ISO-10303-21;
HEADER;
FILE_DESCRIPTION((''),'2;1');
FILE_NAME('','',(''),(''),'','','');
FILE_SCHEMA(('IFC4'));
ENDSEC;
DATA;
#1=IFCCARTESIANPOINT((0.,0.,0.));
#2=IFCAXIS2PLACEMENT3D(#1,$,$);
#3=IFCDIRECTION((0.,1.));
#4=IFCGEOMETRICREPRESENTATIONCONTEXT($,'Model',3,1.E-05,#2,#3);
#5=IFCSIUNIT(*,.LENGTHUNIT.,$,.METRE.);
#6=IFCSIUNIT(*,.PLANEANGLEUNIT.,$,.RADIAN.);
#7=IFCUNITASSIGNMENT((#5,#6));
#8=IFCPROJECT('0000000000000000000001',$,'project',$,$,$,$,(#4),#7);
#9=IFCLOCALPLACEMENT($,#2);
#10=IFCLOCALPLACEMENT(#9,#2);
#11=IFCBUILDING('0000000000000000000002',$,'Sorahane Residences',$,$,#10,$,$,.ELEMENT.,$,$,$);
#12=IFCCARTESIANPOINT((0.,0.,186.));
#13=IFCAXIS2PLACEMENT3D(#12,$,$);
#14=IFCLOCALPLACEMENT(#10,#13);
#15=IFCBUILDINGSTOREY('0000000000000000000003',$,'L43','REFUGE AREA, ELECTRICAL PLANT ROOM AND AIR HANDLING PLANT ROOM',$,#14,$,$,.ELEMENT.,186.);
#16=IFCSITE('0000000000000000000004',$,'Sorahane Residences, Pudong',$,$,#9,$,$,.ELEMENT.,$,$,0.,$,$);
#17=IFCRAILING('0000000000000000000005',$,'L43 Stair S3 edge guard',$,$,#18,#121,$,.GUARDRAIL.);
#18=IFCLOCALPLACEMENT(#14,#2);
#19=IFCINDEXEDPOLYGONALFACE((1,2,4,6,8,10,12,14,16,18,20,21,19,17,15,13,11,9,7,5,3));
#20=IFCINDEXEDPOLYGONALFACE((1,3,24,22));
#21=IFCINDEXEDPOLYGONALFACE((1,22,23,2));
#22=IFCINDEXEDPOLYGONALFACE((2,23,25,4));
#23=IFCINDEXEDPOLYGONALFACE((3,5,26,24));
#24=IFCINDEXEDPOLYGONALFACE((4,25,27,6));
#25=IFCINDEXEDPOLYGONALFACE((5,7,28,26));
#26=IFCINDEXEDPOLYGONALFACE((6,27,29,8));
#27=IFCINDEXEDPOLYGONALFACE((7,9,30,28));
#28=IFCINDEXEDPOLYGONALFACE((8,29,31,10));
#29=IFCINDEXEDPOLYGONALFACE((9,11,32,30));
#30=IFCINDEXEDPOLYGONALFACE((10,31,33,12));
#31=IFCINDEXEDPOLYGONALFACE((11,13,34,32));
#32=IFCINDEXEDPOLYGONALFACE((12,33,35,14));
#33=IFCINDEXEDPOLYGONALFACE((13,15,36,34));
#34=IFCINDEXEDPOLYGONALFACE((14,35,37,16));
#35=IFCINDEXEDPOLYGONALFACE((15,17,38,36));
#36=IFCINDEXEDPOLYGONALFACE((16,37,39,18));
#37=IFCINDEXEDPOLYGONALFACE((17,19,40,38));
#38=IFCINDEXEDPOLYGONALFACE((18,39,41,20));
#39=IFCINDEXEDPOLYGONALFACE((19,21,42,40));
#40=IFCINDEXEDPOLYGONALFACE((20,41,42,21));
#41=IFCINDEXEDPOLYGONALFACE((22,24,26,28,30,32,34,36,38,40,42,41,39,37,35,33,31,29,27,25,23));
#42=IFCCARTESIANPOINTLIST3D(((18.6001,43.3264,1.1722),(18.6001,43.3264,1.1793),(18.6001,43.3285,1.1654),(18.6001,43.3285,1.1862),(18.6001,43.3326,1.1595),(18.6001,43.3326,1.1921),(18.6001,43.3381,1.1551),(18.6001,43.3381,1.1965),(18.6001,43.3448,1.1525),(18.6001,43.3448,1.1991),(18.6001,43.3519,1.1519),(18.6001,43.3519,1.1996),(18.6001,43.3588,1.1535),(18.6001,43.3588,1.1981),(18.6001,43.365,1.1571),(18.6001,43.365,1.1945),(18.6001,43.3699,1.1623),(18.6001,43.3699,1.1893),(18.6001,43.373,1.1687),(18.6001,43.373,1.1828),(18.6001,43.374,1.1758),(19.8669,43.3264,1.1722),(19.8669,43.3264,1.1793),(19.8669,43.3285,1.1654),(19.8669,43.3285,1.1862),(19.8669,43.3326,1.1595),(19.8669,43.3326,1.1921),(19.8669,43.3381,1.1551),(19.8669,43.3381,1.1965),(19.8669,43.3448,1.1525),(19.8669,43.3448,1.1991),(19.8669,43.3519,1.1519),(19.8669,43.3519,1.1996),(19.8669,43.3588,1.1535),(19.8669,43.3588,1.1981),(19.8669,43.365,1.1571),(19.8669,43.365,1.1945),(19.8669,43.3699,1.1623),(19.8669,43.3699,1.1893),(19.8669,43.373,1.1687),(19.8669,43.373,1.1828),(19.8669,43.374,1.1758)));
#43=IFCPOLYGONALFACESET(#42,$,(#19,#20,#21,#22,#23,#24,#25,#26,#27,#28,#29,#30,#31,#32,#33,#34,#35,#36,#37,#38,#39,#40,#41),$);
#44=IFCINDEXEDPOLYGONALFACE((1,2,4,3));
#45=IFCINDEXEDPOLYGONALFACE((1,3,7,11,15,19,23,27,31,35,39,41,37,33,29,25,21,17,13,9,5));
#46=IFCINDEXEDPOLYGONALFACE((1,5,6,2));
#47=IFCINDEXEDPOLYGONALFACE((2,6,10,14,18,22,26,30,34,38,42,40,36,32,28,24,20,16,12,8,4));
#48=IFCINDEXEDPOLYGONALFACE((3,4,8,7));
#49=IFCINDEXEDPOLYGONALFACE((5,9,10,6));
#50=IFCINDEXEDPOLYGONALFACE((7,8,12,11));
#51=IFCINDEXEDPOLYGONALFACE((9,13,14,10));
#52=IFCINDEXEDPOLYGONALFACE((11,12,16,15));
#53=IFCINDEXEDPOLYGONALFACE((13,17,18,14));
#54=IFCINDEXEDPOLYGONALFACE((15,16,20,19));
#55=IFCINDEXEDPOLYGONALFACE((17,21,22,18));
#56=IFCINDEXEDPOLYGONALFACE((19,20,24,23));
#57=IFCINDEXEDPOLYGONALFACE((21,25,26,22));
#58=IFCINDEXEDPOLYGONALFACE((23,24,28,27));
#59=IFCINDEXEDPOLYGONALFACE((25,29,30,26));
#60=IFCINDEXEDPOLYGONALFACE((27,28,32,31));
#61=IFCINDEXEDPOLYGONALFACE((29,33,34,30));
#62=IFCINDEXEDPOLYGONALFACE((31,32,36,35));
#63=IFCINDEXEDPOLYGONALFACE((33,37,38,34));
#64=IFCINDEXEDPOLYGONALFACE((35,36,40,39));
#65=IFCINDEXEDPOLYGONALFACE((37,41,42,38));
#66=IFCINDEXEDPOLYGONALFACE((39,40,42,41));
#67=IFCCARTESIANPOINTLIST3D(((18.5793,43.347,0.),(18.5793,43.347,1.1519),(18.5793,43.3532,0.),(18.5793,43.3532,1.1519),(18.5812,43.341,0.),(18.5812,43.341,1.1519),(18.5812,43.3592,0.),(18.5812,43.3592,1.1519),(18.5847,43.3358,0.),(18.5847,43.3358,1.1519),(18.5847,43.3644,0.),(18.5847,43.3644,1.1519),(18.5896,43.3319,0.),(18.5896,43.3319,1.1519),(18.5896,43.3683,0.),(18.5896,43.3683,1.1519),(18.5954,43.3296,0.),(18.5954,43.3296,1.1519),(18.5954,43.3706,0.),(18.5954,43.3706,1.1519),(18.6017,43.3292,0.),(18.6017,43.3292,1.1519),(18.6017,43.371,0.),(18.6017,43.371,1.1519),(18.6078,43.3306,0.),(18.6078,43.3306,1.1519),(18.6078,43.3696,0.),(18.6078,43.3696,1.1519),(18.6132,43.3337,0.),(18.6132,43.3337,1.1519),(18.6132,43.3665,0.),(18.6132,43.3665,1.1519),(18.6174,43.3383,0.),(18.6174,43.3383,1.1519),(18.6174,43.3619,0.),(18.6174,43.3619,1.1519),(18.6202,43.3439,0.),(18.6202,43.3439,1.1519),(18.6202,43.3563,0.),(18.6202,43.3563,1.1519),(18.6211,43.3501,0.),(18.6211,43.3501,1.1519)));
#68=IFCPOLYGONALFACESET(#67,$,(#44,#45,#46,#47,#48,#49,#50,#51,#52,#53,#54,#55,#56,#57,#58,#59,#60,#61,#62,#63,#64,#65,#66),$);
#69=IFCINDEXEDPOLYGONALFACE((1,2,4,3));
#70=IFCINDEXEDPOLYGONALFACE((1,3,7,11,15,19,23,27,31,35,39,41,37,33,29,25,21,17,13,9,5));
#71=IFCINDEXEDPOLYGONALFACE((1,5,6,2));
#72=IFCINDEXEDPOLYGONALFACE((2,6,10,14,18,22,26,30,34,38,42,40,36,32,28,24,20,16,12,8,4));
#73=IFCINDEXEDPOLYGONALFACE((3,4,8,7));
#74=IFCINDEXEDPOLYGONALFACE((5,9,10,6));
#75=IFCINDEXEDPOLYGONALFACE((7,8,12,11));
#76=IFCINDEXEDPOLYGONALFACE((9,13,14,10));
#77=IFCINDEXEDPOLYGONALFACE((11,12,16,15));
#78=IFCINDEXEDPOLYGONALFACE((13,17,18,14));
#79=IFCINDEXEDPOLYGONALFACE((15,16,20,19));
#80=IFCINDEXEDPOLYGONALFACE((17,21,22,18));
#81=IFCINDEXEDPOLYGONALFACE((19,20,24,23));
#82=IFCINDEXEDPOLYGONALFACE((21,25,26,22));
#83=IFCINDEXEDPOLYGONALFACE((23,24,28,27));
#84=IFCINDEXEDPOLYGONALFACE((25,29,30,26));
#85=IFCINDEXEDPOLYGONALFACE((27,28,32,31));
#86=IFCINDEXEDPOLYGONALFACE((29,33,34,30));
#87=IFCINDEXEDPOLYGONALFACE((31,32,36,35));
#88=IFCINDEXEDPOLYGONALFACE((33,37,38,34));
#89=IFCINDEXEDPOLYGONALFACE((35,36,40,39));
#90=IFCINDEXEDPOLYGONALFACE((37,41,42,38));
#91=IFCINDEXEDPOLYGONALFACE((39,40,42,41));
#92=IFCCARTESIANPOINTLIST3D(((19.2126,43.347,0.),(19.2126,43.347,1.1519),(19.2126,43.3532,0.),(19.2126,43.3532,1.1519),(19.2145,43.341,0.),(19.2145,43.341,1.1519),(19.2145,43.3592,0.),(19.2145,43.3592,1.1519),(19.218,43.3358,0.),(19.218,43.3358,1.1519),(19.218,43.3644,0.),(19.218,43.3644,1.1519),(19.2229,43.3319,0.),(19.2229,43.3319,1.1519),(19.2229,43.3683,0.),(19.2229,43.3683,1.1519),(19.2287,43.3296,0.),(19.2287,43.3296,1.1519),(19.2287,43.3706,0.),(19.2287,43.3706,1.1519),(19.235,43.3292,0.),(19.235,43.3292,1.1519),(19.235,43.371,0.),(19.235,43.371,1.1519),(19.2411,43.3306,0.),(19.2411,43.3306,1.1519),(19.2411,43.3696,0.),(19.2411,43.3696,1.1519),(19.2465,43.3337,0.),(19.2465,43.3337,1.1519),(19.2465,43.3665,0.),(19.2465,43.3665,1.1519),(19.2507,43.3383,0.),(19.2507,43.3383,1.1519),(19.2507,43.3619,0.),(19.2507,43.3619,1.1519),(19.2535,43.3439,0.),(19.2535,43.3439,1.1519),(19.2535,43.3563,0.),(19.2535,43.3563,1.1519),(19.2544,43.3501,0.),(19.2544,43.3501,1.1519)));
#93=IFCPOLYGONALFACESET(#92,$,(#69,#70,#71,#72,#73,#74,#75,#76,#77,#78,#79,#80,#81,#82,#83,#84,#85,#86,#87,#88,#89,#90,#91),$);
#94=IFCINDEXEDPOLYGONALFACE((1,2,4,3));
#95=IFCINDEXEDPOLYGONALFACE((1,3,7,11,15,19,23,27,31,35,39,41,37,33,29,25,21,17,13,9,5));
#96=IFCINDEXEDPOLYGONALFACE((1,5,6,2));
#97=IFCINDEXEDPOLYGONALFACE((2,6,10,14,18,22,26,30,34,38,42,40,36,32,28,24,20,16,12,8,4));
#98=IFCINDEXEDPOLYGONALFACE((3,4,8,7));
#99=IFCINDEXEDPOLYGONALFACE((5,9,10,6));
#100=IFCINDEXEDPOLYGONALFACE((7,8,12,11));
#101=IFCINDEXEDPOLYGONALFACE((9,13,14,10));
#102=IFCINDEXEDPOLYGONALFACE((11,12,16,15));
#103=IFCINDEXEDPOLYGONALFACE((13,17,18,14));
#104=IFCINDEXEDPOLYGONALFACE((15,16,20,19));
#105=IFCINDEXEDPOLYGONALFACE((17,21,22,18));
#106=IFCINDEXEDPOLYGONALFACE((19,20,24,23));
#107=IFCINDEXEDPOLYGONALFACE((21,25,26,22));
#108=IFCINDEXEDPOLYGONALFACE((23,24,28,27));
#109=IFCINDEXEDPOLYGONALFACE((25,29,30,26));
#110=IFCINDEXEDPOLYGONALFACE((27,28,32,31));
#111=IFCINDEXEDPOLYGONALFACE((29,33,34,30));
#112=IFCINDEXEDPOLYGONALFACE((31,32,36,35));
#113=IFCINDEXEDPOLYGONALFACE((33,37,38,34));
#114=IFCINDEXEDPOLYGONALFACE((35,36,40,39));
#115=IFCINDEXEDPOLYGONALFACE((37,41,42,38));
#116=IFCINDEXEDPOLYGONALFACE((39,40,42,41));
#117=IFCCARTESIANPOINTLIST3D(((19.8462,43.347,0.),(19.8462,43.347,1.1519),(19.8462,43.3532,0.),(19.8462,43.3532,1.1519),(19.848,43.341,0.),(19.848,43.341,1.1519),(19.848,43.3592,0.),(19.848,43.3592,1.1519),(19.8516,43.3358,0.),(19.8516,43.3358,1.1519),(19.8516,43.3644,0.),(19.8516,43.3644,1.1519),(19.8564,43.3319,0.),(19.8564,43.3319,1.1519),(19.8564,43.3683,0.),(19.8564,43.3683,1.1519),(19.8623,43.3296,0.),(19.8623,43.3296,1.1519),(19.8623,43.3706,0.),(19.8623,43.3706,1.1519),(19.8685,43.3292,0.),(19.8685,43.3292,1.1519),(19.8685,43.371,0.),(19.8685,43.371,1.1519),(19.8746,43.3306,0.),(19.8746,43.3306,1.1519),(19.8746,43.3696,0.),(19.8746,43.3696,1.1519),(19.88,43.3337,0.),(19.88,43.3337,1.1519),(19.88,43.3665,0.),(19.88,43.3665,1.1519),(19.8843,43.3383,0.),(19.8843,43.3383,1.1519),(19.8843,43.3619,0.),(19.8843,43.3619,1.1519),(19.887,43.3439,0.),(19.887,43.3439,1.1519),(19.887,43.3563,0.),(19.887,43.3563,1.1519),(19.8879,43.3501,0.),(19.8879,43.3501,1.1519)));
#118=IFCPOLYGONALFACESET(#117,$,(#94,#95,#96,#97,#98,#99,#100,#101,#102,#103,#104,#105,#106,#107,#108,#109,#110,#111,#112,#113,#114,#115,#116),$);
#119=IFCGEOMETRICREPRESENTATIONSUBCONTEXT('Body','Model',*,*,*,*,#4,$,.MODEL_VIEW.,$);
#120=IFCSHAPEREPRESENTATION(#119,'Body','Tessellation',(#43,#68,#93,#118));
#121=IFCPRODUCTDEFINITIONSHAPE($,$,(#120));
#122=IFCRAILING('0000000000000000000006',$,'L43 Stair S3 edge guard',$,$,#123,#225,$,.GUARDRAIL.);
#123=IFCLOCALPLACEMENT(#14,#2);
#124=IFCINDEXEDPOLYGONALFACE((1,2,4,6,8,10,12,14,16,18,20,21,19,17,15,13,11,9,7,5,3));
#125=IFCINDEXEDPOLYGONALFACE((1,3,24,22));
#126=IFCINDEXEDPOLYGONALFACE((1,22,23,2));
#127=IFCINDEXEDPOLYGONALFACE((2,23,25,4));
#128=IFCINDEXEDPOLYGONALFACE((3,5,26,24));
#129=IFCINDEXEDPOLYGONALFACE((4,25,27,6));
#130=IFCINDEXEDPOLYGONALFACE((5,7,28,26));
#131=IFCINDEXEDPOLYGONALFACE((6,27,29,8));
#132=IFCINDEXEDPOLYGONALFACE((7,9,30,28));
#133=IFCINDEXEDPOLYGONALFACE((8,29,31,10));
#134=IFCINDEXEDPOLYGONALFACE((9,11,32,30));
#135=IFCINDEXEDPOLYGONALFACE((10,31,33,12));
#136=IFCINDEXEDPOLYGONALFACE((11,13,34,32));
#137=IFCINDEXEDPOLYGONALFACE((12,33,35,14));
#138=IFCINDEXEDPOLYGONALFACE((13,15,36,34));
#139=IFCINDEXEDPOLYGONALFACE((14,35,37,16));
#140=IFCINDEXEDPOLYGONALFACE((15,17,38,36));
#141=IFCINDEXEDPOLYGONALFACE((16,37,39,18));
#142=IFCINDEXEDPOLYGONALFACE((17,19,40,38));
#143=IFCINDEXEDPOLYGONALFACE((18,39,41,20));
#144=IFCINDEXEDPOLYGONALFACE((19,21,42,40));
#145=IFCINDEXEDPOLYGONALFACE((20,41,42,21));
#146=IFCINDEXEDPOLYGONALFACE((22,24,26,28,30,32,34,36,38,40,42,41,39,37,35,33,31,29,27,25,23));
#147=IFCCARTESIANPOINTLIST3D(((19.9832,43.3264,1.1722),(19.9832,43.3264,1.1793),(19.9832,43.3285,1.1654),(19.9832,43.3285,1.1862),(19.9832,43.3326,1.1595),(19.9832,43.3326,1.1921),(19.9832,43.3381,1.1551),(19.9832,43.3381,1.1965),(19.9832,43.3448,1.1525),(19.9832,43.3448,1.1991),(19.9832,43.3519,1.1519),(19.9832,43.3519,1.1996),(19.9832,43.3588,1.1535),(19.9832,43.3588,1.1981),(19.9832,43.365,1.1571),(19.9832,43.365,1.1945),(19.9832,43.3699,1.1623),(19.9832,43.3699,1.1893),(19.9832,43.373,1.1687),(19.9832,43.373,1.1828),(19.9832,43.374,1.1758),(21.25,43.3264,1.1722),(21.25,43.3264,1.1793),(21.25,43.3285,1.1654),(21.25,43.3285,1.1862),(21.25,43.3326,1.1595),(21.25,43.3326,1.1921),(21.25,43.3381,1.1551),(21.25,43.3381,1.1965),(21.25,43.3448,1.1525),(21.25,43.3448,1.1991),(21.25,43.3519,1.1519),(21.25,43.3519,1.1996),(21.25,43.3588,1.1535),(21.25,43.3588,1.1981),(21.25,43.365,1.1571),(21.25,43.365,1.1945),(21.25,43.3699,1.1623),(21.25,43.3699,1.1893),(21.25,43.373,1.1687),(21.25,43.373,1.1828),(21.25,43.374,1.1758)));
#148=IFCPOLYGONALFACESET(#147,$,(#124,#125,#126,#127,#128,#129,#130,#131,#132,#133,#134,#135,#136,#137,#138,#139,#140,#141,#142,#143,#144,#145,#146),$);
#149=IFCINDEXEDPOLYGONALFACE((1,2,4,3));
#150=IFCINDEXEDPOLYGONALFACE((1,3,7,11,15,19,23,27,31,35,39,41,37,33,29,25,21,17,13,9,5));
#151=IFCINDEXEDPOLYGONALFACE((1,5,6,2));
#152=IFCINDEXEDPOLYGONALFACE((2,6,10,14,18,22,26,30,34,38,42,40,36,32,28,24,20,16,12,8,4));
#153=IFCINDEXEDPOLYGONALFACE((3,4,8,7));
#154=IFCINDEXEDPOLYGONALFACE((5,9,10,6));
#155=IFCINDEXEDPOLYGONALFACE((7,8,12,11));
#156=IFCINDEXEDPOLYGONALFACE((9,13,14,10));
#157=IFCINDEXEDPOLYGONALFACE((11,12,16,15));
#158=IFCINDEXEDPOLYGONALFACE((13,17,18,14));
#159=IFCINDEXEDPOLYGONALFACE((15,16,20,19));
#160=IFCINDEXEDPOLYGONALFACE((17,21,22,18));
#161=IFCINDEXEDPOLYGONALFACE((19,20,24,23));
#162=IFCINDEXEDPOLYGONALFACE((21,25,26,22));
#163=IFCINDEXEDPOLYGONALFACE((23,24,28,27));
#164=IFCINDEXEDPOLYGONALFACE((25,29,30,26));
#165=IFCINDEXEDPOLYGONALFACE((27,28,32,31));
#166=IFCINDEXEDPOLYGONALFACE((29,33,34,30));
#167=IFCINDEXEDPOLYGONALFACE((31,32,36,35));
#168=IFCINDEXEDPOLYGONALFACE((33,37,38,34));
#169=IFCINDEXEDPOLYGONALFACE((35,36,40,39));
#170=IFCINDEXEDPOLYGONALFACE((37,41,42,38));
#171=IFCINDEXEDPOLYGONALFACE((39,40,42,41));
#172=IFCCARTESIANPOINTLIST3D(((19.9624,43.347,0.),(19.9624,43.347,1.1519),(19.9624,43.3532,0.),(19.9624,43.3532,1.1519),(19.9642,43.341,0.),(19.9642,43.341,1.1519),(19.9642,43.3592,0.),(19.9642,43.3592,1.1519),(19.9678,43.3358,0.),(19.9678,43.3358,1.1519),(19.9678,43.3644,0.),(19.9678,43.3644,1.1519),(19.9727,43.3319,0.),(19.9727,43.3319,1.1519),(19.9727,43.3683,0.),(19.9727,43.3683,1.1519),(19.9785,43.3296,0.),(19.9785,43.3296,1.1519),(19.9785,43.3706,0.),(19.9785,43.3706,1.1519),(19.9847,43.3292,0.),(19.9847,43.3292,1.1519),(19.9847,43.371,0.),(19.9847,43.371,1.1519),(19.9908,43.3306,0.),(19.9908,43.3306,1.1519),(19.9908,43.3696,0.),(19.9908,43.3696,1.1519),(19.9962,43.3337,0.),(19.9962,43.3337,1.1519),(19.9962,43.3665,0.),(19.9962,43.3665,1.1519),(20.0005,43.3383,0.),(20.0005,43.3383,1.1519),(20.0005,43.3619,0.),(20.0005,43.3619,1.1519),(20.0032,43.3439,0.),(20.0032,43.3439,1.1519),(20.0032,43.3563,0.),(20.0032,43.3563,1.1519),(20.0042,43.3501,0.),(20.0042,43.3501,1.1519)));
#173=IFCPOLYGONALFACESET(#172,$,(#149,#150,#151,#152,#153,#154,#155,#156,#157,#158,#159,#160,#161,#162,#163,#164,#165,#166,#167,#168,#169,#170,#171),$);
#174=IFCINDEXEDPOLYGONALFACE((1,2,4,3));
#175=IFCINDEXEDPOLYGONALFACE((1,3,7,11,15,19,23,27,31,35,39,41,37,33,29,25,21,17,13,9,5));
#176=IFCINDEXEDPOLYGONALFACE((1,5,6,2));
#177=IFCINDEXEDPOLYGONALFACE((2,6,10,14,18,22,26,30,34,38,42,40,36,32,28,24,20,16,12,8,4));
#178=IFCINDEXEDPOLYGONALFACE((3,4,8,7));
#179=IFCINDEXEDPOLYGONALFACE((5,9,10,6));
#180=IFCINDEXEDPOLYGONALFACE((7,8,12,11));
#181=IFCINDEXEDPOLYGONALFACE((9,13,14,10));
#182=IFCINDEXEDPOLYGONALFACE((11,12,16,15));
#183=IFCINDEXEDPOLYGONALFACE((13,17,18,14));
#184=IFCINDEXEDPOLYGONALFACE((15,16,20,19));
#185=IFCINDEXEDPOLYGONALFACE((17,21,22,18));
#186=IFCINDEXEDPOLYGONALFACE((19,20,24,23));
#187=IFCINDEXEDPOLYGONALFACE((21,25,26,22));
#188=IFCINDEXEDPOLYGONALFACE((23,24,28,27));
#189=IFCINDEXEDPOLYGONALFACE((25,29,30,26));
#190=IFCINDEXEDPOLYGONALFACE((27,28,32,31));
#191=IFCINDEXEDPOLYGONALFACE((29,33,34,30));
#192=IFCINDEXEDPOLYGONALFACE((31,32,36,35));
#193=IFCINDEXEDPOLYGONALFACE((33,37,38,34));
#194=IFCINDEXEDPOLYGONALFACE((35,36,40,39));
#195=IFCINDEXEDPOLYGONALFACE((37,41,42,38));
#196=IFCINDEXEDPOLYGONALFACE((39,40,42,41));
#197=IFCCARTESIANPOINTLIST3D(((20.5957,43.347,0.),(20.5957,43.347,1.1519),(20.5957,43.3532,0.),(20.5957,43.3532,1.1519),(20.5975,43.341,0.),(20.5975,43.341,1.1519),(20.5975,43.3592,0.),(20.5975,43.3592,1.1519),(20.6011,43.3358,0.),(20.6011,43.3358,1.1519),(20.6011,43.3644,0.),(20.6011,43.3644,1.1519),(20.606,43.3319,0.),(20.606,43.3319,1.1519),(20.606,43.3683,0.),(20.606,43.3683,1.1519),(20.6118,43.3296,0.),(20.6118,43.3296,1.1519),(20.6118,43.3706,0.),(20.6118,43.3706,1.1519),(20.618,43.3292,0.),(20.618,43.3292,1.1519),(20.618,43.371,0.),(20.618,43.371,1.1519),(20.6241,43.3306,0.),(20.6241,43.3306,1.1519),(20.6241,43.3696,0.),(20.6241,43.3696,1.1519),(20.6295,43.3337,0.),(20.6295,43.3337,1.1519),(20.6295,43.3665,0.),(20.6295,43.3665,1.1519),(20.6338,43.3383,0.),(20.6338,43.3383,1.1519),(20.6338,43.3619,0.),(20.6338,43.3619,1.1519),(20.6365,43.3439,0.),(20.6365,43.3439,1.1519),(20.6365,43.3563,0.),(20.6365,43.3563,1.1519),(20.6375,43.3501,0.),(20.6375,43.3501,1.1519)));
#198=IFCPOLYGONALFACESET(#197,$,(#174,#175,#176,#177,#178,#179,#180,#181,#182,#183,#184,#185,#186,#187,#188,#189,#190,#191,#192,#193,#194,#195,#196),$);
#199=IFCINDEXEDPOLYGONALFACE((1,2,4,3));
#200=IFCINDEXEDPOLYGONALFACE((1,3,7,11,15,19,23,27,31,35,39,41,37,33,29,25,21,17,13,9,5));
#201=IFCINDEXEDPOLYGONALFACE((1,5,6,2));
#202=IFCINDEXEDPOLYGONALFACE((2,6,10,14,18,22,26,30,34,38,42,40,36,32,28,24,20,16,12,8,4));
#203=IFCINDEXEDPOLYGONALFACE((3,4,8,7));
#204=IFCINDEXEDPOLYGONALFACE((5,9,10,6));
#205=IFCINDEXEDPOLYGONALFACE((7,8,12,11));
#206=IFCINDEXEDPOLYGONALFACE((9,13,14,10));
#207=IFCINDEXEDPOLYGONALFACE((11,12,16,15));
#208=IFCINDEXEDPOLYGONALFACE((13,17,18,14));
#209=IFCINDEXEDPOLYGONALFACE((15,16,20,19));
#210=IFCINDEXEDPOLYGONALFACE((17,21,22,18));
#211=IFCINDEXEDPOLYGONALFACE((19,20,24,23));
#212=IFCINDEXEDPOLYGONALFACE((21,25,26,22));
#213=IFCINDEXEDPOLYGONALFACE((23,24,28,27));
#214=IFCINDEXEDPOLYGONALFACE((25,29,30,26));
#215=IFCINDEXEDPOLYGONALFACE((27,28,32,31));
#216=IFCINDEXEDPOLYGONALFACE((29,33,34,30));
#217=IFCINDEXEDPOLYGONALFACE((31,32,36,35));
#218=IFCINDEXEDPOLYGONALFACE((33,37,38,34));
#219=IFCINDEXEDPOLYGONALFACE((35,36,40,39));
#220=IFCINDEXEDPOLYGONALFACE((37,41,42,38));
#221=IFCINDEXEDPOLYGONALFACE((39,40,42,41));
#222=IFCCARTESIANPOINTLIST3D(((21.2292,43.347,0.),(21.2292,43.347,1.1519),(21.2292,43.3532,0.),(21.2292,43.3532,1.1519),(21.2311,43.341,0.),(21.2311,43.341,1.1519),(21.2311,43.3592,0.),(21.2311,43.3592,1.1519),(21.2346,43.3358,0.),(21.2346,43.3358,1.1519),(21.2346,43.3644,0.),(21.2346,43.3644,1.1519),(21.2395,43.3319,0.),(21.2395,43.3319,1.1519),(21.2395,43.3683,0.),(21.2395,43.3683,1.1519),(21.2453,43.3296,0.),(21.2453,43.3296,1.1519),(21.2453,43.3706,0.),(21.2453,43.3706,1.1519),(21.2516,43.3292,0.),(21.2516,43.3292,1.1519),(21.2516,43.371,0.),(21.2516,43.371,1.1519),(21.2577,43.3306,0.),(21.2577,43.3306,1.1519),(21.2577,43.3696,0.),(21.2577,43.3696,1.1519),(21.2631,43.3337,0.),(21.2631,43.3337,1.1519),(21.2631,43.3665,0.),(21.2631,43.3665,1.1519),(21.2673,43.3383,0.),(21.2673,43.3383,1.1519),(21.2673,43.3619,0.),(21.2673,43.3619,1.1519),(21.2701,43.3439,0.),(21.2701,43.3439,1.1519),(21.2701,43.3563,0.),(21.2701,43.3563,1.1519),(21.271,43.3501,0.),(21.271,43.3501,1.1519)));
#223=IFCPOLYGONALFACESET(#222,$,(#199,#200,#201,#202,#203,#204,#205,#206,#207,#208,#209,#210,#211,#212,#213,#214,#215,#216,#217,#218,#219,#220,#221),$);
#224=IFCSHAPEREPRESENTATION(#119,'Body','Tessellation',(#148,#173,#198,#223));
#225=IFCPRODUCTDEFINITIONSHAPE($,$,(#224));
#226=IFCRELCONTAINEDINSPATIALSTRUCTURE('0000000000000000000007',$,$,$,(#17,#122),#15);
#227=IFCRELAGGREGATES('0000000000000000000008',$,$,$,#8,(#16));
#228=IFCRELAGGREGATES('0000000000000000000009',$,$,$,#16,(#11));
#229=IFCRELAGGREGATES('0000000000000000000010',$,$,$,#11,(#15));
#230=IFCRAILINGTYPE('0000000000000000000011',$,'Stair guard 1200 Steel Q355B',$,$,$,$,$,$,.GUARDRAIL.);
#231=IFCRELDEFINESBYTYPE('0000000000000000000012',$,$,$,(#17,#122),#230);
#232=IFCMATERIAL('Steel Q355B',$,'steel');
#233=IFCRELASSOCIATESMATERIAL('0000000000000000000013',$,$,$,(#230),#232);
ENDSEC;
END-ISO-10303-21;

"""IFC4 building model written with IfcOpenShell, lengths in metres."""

from ifc_helpers import new_model, si_unit, direction, frame, origin, origin_2d, place, context, subcontext, project, spatial, circle, extrude, material, type_object, element, save


model = new_model("IFC4")

# Units and contexts
model_context = context("Model", 3, precision=1e-05, world=origin(), true_north=direction((0.0, 1.0)))
body_context = subcontext(model_context, "Body", "Model", "MODEL_VIEW")
ifc_project = project(units=[si_unit("LENGTHUNIT", "METRE"), si_unit("PLANEANGLEUNIT", "RADIAN")], contexts=[model_context])

# Site, building, storey
site_placement = place(None, origin())
site = spatial("IfcSite", under=ifc_project, at=site_placement, Name="Sorahane Residences, Pudong", CompositionType="ELEMENT", RefElevation=0.0)
building_placement = place(site_placement, origin())
building = spatial("IfcBuilding", under=site, at=building_placement, Name="Sorahane Residences", CompositionType="ELEMENT")
storey_placement = place(building_placement, frame((0.0, 0.0, 186.0)))
storey = spatial("IfcBuildingStorey", under=building, at=storey_placement, Name="L43", Description="REFUGE AREA, ELECTRICAL PLANT ROOM AND AIR HANDLING PLANT ROOM", CompositionType="ELEMENT", Elevation=186.0)

# Railings
ifc_material_1 = material(Name="Steel Q355B", Category="steel")
railing_type_1 = type_object("IfcRailingType", Name="Stair guard 1200 Steel Q355B", PredefinedType="GUARDRAIL", material=ifc_material_1)
for number, where, name in (
    (1, (18.6001, 43.3501, 0.0), "L43 Stair S3 edge guard"),
    (2, (19.9832, 43.3501, 0.0), "L43 Stair S3 edge guard"),
):
    element("IfcRailing", number, at=place(storey_placement, frame(where)), inside=storey, type_object=railing_type_1, Name=name, PredefinedType="GUARDRAIL", context=body_context, shape_type="SweptSolid", body=[
        extrude(circle(Radius=0.0239, at=origin_2d()), frame((0.0, 0.0, 1.1758), z_axis=(1.0, 0.0, 0.0), x_axis=(0.0, 1.0, 0.0)), (0.0, 0.0, 1.0), 1.2668),
        extrude(circle(Radius=0.021, at=origin_2d()), origin(), (0.0, 0.0, 1.0), 1.1519),
        extrude(circle(Radius=0.021, at=origin_2d()), frame((0.6333, 0.0, 0.0)), (0.0, 0.0, 1.0), 1.1519),
        extrude(circle(Radius=0.021, at=origin_2d()), frame((1.2668, 0.0, 0.0)), (0.0, 0.0, 1.0), 1.1519),
    ])

save(model, "model.ifc")
